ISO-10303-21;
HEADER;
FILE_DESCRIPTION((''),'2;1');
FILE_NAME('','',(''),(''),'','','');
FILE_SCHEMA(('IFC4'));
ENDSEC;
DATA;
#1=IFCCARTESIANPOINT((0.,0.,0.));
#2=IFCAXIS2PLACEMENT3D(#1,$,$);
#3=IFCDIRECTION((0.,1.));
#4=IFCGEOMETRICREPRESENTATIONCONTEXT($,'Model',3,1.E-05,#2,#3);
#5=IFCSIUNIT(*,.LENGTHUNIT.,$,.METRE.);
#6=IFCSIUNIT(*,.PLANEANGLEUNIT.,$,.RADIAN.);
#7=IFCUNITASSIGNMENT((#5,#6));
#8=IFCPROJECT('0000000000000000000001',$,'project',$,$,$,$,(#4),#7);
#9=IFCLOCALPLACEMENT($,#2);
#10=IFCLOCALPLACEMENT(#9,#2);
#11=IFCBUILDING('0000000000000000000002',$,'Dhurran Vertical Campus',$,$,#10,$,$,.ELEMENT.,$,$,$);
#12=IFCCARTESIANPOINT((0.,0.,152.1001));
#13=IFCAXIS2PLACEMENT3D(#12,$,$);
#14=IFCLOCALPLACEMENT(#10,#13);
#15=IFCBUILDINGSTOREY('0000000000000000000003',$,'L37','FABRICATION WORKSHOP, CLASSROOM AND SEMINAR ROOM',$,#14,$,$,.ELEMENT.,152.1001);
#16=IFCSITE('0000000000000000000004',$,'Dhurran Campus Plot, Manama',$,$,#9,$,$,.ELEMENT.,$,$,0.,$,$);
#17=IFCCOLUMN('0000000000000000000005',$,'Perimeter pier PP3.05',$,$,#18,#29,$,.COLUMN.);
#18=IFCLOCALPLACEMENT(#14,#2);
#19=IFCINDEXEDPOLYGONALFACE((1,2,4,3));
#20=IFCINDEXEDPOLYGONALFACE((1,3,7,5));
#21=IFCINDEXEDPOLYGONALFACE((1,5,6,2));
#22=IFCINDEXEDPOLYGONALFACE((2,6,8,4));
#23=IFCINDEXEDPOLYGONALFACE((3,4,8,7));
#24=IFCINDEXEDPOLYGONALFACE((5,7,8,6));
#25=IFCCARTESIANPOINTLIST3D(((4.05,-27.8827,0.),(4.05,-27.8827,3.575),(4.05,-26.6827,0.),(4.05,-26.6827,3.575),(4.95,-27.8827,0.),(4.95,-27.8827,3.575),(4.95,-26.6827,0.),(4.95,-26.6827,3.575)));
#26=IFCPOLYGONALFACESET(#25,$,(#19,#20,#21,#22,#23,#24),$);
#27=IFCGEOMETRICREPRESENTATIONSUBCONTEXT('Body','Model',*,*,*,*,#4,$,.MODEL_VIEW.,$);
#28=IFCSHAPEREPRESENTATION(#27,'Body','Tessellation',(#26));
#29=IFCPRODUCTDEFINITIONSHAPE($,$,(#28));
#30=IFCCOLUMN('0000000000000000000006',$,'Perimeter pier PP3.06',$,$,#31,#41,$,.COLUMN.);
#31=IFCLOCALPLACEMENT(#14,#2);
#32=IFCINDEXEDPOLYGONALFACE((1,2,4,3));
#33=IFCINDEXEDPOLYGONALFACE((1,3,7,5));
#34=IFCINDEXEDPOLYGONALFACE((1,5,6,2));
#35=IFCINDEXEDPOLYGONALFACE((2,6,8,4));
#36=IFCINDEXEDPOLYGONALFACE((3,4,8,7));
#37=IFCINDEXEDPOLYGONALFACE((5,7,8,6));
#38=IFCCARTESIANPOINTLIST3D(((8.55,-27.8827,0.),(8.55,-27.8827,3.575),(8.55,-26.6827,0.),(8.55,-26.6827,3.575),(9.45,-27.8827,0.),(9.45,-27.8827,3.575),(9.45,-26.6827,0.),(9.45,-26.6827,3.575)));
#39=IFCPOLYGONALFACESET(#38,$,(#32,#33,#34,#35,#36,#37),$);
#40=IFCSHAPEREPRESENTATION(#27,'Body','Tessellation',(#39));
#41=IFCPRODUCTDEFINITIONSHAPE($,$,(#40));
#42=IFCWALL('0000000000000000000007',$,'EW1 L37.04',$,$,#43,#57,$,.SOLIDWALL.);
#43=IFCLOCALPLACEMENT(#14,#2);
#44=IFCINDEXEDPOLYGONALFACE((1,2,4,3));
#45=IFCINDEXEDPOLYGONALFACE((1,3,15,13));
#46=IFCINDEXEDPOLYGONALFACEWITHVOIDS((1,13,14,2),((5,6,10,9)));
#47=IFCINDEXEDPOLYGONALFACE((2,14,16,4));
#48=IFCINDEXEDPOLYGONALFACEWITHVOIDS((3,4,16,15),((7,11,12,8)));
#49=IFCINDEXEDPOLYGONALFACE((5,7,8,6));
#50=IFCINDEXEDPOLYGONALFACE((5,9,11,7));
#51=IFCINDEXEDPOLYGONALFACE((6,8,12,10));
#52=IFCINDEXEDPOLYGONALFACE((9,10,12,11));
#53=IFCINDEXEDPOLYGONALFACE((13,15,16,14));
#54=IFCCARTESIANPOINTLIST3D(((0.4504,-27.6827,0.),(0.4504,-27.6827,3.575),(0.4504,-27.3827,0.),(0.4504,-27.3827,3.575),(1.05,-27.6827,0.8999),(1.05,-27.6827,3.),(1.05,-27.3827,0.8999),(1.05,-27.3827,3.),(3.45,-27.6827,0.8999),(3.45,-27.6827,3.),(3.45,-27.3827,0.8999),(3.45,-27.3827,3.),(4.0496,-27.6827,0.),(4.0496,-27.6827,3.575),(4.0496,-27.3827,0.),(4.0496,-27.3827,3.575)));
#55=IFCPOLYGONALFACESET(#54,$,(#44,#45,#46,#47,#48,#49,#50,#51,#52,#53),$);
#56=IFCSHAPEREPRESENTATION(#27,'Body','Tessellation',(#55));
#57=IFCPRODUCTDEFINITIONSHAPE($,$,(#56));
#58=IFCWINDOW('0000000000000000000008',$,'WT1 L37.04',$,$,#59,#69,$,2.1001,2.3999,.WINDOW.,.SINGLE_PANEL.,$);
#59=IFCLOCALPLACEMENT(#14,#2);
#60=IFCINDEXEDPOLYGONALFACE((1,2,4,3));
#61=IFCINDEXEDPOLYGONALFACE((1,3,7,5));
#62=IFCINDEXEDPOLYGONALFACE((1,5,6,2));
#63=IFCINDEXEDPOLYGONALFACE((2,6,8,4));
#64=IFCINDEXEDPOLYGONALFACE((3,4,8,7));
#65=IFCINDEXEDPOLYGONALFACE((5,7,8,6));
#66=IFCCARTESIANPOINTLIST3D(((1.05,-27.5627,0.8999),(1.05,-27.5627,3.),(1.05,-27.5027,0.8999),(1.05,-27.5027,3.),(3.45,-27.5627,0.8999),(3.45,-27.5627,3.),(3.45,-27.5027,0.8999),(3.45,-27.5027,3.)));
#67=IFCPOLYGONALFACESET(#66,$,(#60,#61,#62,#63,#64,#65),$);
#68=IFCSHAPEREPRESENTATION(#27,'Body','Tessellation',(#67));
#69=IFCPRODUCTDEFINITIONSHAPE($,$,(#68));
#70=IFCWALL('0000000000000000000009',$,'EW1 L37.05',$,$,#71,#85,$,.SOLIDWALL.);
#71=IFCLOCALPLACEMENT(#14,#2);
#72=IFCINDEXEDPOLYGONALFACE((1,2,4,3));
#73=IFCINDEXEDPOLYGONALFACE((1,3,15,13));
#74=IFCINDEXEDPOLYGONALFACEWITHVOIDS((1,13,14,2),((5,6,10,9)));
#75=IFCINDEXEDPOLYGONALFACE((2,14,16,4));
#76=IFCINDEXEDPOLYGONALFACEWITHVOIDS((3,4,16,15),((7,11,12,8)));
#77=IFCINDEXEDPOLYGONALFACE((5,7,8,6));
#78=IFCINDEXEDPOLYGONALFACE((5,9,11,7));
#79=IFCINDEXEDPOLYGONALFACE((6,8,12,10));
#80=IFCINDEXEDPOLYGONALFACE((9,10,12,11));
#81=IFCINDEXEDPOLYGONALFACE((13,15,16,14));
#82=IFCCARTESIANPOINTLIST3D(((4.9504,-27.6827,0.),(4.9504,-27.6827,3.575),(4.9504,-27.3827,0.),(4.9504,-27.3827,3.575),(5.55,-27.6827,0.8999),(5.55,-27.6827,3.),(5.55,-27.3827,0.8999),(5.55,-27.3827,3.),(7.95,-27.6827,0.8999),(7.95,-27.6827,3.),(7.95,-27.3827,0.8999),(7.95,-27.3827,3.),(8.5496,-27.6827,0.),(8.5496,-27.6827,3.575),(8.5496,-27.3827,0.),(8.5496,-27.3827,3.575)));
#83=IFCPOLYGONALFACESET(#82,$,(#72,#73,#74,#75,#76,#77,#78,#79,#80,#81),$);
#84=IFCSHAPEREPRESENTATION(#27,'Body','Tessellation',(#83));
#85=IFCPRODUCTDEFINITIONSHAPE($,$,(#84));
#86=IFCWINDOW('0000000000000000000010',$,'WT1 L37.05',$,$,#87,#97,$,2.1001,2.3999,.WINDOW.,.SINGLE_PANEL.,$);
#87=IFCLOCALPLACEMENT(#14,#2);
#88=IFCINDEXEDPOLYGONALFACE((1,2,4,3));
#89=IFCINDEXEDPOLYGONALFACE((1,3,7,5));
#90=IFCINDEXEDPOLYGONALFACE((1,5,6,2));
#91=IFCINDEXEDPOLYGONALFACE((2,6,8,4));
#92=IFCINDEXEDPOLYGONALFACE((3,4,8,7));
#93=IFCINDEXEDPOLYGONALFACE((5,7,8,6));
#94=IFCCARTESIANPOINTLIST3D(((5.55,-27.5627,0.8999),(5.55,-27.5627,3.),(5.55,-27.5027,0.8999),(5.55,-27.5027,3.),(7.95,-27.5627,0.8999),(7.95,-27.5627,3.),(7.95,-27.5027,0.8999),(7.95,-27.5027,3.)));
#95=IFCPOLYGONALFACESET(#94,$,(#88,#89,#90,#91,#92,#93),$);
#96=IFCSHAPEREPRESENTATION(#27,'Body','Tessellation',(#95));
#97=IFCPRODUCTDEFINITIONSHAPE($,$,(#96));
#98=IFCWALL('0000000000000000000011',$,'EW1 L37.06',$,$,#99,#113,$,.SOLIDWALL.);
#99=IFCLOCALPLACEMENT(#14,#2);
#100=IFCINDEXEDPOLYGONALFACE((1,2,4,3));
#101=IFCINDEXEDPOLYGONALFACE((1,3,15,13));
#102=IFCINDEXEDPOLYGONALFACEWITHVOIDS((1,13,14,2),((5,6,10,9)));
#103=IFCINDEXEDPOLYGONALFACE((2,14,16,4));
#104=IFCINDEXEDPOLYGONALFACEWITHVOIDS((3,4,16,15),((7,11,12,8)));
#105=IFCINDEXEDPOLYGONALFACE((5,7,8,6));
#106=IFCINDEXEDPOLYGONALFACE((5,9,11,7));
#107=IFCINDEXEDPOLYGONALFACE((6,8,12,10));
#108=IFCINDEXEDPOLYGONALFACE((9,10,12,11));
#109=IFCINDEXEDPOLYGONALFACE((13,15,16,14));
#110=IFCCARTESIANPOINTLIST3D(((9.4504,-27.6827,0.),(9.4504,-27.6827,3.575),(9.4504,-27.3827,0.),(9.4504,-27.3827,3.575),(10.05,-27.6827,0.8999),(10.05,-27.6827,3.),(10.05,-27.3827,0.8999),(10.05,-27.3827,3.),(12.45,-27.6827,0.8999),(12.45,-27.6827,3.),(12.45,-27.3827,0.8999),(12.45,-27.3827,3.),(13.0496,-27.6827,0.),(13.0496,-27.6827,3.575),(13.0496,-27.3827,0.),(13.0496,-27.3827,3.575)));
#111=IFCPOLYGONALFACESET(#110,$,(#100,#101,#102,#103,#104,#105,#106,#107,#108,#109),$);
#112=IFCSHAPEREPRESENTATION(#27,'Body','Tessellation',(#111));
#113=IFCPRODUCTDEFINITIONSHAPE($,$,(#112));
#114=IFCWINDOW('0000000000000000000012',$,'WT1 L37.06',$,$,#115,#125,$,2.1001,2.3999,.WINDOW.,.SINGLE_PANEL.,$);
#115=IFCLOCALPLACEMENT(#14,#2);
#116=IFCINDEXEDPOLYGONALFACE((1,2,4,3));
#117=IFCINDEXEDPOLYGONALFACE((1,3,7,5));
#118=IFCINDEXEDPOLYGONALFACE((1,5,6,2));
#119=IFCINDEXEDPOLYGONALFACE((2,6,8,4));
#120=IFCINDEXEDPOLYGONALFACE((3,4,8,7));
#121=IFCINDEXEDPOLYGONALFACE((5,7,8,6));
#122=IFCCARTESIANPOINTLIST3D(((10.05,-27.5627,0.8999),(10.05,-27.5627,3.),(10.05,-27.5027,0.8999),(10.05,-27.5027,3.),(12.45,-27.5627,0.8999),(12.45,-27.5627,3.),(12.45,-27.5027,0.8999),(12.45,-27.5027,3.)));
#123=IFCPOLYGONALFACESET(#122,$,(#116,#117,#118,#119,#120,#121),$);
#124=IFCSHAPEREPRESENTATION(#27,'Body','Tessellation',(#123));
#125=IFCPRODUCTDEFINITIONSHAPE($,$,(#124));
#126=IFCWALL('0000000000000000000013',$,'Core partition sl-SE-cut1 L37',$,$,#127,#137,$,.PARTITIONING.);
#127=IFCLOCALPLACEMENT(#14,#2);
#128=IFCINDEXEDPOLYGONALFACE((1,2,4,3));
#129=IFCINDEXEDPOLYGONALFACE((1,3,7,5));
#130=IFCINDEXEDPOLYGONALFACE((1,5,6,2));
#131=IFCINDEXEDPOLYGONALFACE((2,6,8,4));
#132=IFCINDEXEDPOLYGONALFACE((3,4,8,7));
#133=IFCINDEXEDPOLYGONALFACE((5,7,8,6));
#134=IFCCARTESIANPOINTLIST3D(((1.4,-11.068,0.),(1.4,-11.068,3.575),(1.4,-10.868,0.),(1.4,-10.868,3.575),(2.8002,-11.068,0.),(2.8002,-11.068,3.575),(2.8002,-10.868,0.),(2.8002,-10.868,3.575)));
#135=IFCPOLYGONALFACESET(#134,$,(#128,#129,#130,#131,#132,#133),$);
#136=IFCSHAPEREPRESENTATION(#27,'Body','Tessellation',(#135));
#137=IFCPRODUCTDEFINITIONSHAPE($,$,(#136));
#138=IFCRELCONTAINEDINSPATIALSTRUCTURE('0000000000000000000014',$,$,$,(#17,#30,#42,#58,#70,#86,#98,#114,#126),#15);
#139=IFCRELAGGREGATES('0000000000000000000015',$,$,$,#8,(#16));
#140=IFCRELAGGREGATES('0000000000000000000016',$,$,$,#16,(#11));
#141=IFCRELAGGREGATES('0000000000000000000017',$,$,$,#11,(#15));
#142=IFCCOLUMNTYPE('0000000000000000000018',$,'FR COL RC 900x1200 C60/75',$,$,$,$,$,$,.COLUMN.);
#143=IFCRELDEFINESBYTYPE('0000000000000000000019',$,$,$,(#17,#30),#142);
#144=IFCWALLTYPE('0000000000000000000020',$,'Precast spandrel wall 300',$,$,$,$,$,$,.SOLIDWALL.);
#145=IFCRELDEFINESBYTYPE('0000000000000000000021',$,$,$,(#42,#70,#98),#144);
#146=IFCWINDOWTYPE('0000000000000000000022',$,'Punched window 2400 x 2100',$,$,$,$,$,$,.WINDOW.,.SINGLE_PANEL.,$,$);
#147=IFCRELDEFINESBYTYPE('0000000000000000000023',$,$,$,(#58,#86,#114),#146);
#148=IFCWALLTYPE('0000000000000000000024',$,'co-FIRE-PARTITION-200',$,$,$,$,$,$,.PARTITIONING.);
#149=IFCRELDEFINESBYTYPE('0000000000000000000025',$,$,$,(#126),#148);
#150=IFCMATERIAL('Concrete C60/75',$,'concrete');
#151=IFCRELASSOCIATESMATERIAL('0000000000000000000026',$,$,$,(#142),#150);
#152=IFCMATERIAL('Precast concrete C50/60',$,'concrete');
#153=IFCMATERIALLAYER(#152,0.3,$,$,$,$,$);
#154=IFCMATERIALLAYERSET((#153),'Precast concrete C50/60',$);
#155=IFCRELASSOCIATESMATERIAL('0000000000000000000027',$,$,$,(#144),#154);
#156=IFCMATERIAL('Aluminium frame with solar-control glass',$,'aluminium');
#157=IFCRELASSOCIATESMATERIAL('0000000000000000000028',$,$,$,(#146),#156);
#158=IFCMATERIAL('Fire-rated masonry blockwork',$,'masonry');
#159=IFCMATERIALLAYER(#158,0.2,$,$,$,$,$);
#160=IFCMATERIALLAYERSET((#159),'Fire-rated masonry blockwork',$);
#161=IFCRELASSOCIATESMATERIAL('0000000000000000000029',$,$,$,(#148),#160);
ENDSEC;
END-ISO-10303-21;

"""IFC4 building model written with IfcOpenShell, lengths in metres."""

from ifc_helpers import new_model, si_unit, direction, frame, frame_2d, origin, origin_2d, place, context, subcontext, project, spatial, rectangle, extrude, material, layer, layer_set, material_profile, profile_set, type_object, element, fill, save


model = new_model("IFC4")

# Units and contexts
model_context = context("Model", 3, precision=1e-05, world=origin(), true_north=direction((0.0, 1.0)))
body_context = subcontext(model_context, "Body", "Model", "MODEL_VIEW")
ifc_project = project(units=[si_unit("LENGTHUNIT", "METRE"), si_unit("PLANEANGLEUNIT", "RADIAN")], contexts=[model_context])

# Site, building, storey
site_placement = place(None, origin())
site = spatial("IfcSite", under=ifc_project, at=site_placement, Name="Dhurran Campus Plot, Manama", CompositionType="ELEMENT", RefElevation=0.0)
building_placement = place(site_placement, origin())
building = spatial("IfcBuilding", under=site, at=building_placement, Name="Dhurran Vertical Campus", CompositionType="ELEMENT")
storey_placement = place(building_placement, frame((0.0, 0.0, 152.1001)))
storey = spatial("IfcBuildingStorey", under=building, at=storey_placement, Name="L37", Description="FABRICATION WORKSHOP, CLASSROOM AND SEMINAR ROOM", CompositionType="ELEMENT", Elevation=152.1001)

# Columns
ifc_material_1 = material(Name="Concrete C60/75", Category="concrete")
ifc_material_profile = material_profile(ifc_material_1, rectangle(XDim=0.8999, YDim=1.2, at=origin_2d()), Name="RC 900x1200")
ifc_profile_set = profile_set([ifc_material_profile], Name="Concrete C60/75")
column_type = type_object("IfcColumnType", Name="FR COL RC 900x1200 C60/75", PredefinedType="COLUMN", material=ifc_profile_set)
for number, where, z_axis, x_axis, name in (
    (1, (4.5, -27.2827, 0.0), (0.0, 0.0, 1.0), (1.0, 0.0, 0.0), "Perimeter pier PP3.05"),
    (2, (9.0, -27.2827, 0.0), (0.0, 0.0, 1.0), (1.0, 0.0, 0.0), "Perimeter pier PP3.06"),
):
    element("IfcColumn", number, at=place(storey_placement, frame(where, z_axis=z_axis, x_axis=x_axis)), inside=storey, type_object=column_type, Name=name, PredefinedType="COLUMN", context=body_context, shape_type="SweptSolid", body=[
        extrude(rectangle(XDim=0.8999, YDim=1.2, at=origin_2d()), origin(), (0.0, 0.0, 1.0), 3.575),
    ])

# Walls, openings, windows
ifc_material_2 = material(Name="Precast concrete C50/60", Category="concrete")
ifc_layer_1 = layer(ifc_material_2, 0.3)
ifc_layer_set_1 = layer_set([ifc_layer_1], Name="Precast concrete C50/60")
wall_type_1 = type_object("IfcWallType", Name="Precast spandrel wall 300", PredefinedType="SOLIDWALL", material=ifc_layer_set_1)
wall_1_placement = place(storey_placement, frame((0.4504, -27.5327, 0.0), z_axis=(0.0, 0.0, 1.0), x_axis=(1.0, 0.0, 0.0)))
wall_1 = element("IfcWall", 3, at=wall_1_placement, inside=storey, type_object=wall_type_1, Name="EW1 L37.04", PredefinedType="SOLIDWALL", context=body_context, shape_type="SweptSolid", body=[
    extrude(rectangle(XDim=3.5991, YDim=0.3, at=frame_2d((1.7996, 0.0))), origin(), (0.0, 0.0, 1.0), 3.575),
])
opening_1_placement = place(wall_1_placement, frame((0.5996, 0.0, 0.8999)))
opening_1 = element("IfcOpeningElement", 4, at=opening_1_placement, cuts=wall_1, PredefinedType="OPENING", context=body_context, shape_type="SweptSolid", body=[
    extrude(rectangle(XDim=2.3999, YDim=2.1001, at=frame_2d((1.2, 1.05))), frame((0.0, 0.1599, 0.0), z_axis=(0.0, -1.0, 0.0), x_axis=(1.0, 0.0, 0.0)), (0.0, 0.0, 1.0), 0.3201),
])
ifc_material_3 = material(Name="Aluminium frame with solar-control glass", Category="aluminium")
window_type = type_object("IfcWindowType", Name="Punched window 2400 x 2100", PartitioningType="SINGLE_PANEL", PredefinedType="WINDOW", material=ifc_material_3)
window_1_placement = place(opening_1_placement, origin())
window_1 = element("IfcWindow", 5, at=window_1_placement, inside=storey, type_object=window_type, Name="WT1 L37.04", OverallHeight=2.1001, OverallWidth=2.3999, PartitioningType="SINGLE_PANEL", PredefinedType="WINDOW", context=body_context, shape_type="SweptSolid", body=[
    extrude(rectangle(XDim=2.3999, YDim=2.1001, at=frame_2d((1.2, 1.05))), frame((0.0, 0.03, 0.0), z_axis=(0.0, -1.0, 0.0), x_axis=(1.0, 0.0, 0.0)), (0.0, 0.0, 1.0), 0.0601),
])
fill(opening_1, window_1)
wall_2_placement = place(storey_placement, frame((4.9504, -27.5327, 0.0), z_axis=(0.0, 0.0, 1.0), x_axis=(1.0, 0.0, 0.0)))
wall_2 = element("IfcWall", 6, at=wall_2_placement, inside=storey, type_object=wall_type_1, Name="EW1 L37.05", PredefinedType="SOLIDWALL", context=body_context, shape_type="SweptSolid", body=[
    extrude(rectangle(XDim=3.5991, YDim=0.3, at=frame_2d((1.7996, 0.0))), origin(), (0.0, 0.0, 1.0), 3.575),
])
opening_2_placement = place(wall_2_placement, frame((0.5996, 0.0, 0.8999)))
opening_2 = element("IfcOpeningElement", 7, at=opening_2_placement, cuts=wall_2, PredefinedType="OPENING", context=body_context, shape_type="SweptSolid", body=[
    extrude(rectangle(XDim=2.3999, YDim=2.1001, at=frame_2d((1.2, 1.05))), frame((0.0, 0.1599, 0.0), z_axis=(0.0, -1.0, 0.0), x_axis=(1.0, 0.0, 0.0)), (0.0, 0.0, 1.0), 0.3201),
])
window_2_placement = place(opening_2_placement, origin())
window_2 = element("IfcWindow", 8, at=window_2_placement, inside=storey, type_object=window_type, Name="WT1 L37.05", OverallHeight=2.1001, OverallWidth=2.3999, PartitioningType="SINGLE_PANEL", PredefinedType="WINDOW", context=body_context, shape_type="SweptSolid", body=[
    extrude(rectangle(XDim=2.3999, YDim=2.1001, at=frame_2d((1.2, 1.05))), frame((0.0, 0.03, 0.0), z_axis=(0.0, -1.0, 0.0), x_axis=(1.0, 0.0, 0.0)), (0.0, 0.0, 1.0), 0.0601),
])
fill(opening_2, window_2)
wall_3_placement = place(storey_placement, frame((9.4504, -27.5327, 0.0), z_axis=(0.0, 0.0, 1.0), x_axis=(1.0, 0.0, 0.0)))
wall_3 = element("IfcWall", 9, at=wall_3_placement, inside=storey, type_object=wall_type_1, Name="EW1 L37.06", PredefinedType="SOLIDWALL", context=body_context, shape_type="SweptSolid", body=[
    extrude(rectangle(XDim=3.5991, YDim=0.3, at=frame_2d((1.7996, 0.0))), origin(), (0.0, 0.0, 1.0), 3.575),
])
opening_3_placement = place(wall_3_placement, frame((0.5996, 0.0, 0.8999)))
opening_3 = element("IfcOpeningElement", 10, at=opening_3_placement, cuts=wall_3, PredefinedType="OPENING", context=body_context, shape_type="SweptSolid", body=[
    extrude(rectangle(XDim=2.3999, YDim=2.1001, at=frame_2d((1.2, 1.05))), frame((0.0, 0.1599, 0.0), z_axis=(0.0, -1.0, 0.0), x_axis=(1.0, 0.0, 0.0)), (0.0, 0.0, 1.0), 0.3201),
])
window_3_placement = place(opening_3_placement, origin())
window_3 = element("IfcWindow", 11, at=window_3_placement, inside=storey, type_object=window_type, Name="WT1 L37.06", OverallHeight=2.1001, OverallWidth=2.3999, PartitioningType="SINGLE_PANEL", PredefinedType="WINDOW", context=body_context, shape_type="SweptSolid", body=[
    extrude(rectangle(XDim=2.3999, YDim=2.1001, at=frame_2d((1.2, 1.05))), frame((0.0, 0.03, 0.0), z_axis=(0.0, -1.0, 0.0), x_axis=(1.0, 0.0, 0.0)), (0.0, 0.0, 1.0), 0.0601),
])
fill(opening_3, window_3)

# Wall
ifc_material_4 = material(Name="Fire-rated masonry blockwork", Category="masonry")
ifc_layer_2 = layer(ifc_material_4, 0.2)
ifc_layer_set_2 = layer_set([ifc_layer_2], Name="Fire-rated masonry blockwork")
wall_type_2 = type_object("IfcWallType", Name="co-FIRE-PARTITION-200", PredefinedType="PARTITIONING", material=ifc_layer_set_2)
wall_4_placement = place(storey_placement, frame((1.3999, -10.968, 0.0), z_axis=(0.0, 0.0, 1.0), x_axis=(1.0, 0.0, 0.0)))
element("IfcWall", 12, at=wall_4_placement, inside=storey, type_object=wall_type_2, Name="Core partition sl-SE-cut1 L37", PredefinedType="PARTITIONING", context=body_context, shape_type="SweptSolid", body=[
    extrude(rectangle(XDim=1.4001, YDim=0.2, at=frame_2d((0.7002, 0.0))), origin(), (0.0, 0.0, 1.0), 3.575),
])

save(model, "model.ifc")
